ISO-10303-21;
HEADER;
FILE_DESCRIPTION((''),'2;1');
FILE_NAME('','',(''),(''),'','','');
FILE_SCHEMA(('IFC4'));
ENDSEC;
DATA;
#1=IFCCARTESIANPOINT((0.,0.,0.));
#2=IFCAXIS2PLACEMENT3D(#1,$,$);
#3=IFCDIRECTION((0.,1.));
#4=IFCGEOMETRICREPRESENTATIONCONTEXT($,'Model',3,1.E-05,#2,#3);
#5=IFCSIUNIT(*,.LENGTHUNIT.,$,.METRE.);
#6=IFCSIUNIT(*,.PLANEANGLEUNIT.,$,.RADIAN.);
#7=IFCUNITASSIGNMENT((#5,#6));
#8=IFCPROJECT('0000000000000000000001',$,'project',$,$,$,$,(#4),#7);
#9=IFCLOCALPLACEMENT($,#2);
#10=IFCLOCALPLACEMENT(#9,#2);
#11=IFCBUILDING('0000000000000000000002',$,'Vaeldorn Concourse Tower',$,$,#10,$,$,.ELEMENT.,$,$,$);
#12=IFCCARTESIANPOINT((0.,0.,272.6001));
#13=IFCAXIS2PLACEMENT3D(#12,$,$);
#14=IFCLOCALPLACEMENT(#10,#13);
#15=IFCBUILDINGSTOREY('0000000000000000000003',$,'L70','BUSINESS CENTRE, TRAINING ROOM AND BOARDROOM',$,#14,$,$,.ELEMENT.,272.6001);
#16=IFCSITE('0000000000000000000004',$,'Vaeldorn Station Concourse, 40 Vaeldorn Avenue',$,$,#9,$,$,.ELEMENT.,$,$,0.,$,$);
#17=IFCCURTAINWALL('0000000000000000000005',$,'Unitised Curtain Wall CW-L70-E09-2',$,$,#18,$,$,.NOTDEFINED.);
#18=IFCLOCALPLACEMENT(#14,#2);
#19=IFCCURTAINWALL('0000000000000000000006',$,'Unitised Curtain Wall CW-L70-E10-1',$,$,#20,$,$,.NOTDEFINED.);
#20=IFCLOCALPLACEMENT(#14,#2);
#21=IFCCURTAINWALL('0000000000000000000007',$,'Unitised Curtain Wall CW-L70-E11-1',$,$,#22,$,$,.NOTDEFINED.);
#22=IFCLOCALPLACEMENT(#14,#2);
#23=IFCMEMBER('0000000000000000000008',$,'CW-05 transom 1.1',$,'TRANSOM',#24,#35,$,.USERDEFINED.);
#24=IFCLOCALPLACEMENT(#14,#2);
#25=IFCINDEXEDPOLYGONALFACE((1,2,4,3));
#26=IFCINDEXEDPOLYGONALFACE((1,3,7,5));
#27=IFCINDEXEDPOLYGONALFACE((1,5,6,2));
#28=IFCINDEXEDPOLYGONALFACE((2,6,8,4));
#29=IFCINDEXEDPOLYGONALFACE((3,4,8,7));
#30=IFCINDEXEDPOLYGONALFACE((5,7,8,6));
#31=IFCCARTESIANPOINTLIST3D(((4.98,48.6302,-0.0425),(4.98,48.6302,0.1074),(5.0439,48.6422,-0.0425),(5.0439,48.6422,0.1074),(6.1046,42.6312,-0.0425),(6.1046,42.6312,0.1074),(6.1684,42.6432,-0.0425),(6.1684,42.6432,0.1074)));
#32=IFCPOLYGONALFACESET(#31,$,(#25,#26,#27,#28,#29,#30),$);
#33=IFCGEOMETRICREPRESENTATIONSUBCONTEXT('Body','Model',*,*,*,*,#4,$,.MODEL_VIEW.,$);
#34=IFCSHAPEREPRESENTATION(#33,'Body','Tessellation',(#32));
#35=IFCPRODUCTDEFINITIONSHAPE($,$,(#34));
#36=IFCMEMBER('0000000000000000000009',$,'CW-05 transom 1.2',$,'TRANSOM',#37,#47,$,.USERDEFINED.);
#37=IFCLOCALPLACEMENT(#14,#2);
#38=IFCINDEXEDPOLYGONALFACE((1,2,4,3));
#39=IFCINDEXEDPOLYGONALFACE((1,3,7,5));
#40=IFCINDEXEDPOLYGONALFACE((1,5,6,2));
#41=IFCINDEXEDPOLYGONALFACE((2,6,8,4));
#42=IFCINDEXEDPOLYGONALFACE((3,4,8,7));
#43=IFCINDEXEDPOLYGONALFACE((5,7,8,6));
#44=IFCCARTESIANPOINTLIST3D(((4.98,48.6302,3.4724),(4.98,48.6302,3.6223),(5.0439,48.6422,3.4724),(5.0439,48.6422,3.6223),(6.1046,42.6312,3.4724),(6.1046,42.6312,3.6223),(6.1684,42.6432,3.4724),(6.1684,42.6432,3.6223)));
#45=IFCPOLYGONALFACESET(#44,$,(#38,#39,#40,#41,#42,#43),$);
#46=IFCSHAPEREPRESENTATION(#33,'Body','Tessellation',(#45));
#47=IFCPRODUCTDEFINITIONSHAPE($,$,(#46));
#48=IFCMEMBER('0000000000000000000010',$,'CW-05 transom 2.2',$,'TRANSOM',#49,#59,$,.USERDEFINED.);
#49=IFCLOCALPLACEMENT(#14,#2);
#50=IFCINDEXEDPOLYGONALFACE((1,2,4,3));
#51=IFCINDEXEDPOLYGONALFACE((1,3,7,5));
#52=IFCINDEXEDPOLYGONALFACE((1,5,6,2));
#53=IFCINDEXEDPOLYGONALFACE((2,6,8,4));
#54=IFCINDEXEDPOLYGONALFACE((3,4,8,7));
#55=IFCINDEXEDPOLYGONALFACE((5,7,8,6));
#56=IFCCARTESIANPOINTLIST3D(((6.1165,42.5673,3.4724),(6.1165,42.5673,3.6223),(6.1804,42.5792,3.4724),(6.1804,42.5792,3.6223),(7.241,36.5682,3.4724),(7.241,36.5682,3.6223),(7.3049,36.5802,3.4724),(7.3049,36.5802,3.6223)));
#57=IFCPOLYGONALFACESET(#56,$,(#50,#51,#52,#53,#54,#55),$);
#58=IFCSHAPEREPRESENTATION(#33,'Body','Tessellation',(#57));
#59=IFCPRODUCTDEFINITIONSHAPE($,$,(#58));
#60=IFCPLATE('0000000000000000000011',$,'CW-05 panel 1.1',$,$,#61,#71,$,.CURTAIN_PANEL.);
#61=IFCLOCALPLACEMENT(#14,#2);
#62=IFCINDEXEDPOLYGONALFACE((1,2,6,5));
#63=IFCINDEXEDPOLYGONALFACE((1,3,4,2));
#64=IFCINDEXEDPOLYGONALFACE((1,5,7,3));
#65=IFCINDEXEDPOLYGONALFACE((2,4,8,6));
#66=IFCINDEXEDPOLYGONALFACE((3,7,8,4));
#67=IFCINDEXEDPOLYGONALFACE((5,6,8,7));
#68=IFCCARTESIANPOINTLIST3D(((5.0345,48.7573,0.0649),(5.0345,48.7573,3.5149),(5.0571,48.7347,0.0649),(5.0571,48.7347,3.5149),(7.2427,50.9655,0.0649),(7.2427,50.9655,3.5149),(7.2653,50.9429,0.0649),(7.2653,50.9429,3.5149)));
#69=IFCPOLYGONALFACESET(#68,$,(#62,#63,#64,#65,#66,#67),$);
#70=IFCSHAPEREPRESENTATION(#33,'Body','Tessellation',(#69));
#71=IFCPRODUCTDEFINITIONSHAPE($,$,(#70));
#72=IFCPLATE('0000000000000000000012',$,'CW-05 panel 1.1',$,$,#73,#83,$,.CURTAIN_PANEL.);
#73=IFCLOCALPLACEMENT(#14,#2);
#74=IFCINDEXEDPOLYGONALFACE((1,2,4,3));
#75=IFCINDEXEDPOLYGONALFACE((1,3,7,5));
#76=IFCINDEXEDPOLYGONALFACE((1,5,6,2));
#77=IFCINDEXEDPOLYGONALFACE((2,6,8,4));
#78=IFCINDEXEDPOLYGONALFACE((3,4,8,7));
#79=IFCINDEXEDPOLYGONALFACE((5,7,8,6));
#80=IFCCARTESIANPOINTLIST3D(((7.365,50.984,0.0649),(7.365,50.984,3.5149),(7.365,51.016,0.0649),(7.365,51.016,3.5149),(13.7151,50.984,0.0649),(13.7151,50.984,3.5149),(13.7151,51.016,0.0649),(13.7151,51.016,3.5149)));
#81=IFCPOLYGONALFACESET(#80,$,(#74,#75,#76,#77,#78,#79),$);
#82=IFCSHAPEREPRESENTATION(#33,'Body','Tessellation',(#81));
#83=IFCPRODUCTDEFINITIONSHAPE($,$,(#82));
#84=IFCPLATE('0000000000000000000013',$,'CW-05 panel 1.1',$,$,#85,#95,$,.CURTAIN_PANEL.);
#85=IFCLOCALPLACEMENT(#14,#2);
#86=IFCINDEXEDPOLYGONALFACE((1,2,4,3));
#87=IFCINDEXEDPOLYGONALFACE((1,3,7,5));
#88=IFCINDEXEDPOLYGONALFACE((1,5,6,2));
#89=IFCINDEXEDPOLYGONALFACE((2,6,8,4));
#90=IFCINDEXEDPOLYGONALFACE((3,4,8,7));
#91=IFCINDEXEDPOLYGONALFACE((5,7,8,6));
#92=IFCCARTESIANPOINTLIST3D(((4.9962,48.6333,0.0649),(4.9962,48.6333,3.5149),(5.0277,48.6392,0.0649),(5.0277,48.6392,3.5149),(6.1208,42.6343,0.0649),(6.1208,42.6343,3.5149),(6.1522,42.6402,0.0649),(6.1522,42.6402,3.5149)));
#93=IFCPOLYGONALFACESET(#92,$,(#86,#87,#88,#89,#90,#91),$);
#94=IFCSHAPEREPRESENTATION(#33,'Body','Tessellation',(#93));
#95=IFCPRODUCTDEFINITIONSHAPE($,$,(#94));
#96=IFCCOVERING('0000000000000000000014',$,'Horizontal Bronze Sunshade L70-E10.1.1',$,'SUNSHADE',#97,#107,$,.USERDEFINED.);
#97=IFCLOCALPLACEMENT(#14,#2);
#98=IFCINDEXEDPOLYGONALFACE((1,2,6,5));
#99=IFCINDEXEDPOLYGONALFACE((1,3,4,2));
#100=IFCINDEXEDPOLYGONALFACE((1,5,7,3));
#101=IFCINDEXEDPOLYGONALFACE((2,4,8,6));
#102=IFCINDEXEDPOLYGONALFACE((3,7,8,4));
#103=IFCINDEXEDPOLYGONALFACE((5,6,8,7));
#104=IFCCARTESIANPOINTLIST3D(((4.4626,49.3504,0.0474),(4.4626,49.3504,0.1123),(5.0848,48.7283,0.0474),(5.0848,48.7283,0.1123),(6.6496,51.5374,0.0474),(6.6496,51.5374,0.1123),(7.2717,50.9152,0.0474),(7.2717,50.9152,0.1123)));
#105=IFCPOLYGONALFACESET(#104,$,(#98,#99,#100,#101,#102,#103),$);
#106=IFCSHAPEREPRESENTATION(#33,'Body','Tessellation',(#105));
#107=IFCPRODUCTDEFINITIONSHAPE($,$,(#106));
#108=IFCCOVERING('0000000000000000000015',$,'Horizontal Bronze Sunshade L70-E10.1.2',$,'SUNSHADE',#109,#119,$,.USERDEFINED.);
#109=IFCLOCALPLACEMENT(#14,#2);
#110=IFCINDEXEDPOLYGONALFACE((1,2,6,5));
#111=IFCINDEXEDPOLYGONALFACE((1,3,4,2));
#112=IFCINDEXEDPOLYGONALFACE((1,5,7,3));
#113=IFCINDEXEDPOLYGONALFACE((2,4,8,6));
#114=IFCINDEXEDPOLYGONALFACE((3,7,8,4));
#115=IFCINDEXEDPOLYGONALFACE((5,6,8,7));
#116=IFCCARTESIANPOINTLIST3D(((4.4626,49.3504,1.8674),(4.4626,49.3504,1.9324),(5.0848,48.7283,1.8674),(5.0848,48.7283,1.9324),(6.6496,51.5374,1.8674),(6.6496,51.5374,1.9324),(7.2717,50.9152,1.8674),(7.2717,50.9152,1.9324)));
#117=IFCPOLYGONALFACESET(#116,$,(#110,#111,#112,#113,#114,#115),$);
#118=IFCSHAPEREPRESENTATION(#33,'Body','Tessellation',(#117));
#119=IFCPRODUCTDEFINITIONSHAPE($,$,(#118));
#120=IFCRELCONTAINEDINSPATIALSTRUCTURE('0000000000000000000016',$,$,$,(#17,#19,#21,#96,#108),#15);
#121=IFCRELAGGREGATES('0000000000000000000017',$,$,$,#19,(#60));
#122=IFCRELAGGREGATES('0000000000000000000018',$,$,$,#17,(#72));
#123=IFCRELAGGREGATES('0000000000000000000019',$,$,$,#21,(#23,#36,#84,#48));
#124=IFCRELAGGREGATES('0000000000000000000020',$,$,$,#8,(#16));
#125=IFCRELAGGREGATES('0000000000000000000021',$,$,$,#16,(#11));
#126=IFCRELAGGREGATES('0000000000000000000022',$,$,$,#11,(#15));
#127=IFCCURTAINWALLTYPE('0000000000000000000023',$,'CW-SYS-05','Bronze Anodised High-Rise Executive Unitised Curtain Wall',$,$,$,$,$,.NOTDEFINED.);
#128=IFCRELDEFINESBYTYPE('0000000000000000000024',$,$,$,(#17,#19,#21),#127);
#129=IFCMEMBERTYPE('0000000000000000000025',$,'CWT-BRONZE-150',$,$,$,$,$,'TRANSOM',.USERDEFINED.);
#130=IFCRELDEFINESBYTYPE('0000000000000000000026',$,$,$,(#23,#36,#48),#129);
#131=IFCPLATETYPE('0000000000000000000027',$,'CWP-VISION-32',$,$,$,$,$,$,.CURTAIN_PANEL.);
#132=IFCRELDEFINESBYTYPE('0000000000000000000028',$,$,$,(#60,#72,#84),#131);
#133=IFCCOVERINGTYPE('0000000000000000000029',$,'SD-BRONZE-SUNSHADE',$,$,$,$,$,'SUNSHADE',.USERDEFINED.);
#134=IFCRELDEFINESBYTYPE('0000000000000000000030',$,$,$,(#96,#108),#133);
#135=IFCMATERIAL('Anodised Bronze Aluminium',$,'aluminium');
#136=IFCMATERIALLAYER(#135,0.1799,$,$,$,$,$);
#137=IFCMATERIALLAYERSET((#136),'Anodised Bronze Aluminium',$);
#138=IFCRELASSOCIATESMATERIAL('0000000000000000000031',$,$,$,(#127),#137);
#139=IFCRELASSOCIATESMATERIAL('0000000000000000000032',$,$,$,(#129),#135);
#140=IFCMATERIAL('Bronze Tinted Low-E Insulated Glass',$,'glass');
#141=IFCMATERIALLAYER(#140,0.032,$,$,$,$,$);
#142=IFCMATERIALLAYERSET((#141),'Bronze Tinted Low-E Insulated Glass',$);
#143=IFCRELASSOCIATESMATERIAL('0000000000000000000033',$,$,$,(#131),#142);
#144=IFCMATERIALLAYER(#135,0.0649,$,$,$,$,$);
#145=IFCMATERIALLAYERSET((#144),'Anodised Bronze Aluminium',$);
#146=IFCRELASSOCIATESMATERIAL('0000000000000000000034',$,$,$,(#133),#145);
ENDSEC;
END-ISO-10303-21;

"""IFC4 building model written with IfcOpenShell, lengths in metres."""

from ifc_helpers import new_model, si_unit, direction, frame, origin, origin_2d, place, context, subcontext, project, spatial, rectangle, extrude, source, transform, mapped, material, layer, layer_set, material_profile, profile_set, type_object, element, aggregate, save


model = new_model("IFC4")

# Units and contexts
model_context = context("Model", 3, precision=1e-05, world=origin(), true_north=direction((0.0, 1.0)))
body_context = subcontext(model_context, "Body", "Model", "MODEL_VIEW")
ifc_project = project(units=[si_unit("LENGTHUNIT", "METRE"), si_unit("PLANEANGLEUNIT", "RADIAN")], contexts=[model_context])

# Site, building, storey
site_placement = place(None, origin())
site = spatial("IfcSite", under=ifc_project, at=site_placement, Name="Vaeldorn Station Concourse, 40 Vaeldorn Avenue", CompositionType="ELEMENT", RefElevation=0.0)
building_placement = place(site_placement, origin())
building = spatial("IfcBuilding", under=site, at=building_placement, Name="Vaeldorn Concourse Tower", CompositionType="ELEMENT")
storey_placement = place(building_placement, frame((0.0, 0.0, 272.6001)))
storey = spatial("IfcBuildingStorey", under=building, at=storey_placement, Name="L70", Description="BUSINESS CENTRE, TRAINING ROOM AND BOARDROOM", CompositionType="ELEMENT", Elevation=272.6001)

# Curtain walls
ifc_material_1 = material(Name="Anodised Bronze Aluminium", Category="aluminium")
ifc_layer_1 = layer(ifc_material_1, 0.1799)
ifc_layer_set_1 = layer_set([ifc_layer_1], Name="Anodised Bronze Aluminium")
curtain_wall_type = type_object("IfcCurtainWallType", Name="CW-SYS-05", Description="Bronze Anodised High-Rise Executive Unitised Curtain Wall", PredefinedType="NOTDEFINED", material=ifc_layer_set_1)
curtain_wall_1_placement = place(storey_placement, origin())
curtain_wall_1 = element("IfcCurtainWall", 1, at=curtain_wall_1_placement, inside=storey, type_object=curtain_wall_type, Name="Unitised Curtain Wall CW-L70-E09-2", PredefinedType="NOTDEFINED")
curtain_wall_2_placement = place(storey_placement, origin())
curtain_wall_2 = element("IfcCurtainWall", 2, at=curtain_wall_2_placement, inside=storey, type_object=curtain_wall_type, Name="Unitised Curtain Wall CW-L70-E10-1", PredefinedType="NOTDEFINED")
curtain_wall_3_placement = place(storey_placement, origin())
curtain_wall_3 = element("IfcCurtainWall", 3, at=curtain_wall_3_placement, inside=storey, type_object=curtain_wall_type, Name="Unitised Curtain Wall CW-L70-E11-1", PredefinedType="NOTDEFINED")

# Members
ifc_material_profile_1 = material_profile(ifc_material_1, rectangle(XDim=0.0649, YDim=0.1499, at=origin_2d()), Name="CWT 65x150")
ifc_profile_set_1 = profile_set([ifc_material_profile_1], Name="Anodised Bronze Aluminium")
member_type_1 = type_object("IfcMemberType", Name="CWT-BRONZE-150", ElementType="TRANSOM", PredefinedType="USERDEFINED", material=ifc_profile_set_1)
shared_shape_1 = source(origin(), body_context, "Body", "SweptSolid", [
    extrude(rectangle(XDim=0.0649, YDim=0.1499, at=origin_2d()), origin(), (0.0, 0.0, 1.0), 6.1035),
])
member_1_placement = place(storey_placement, frame((5.012, 48.6362, 0.0325), z_axis=(0.18424, -0.982881, 0.0), x_axis=(0.982881, 0.18424, 0.0)))
member_1 = element("IfcMember", 4, at=member_1_placement, type_object=member_type_1, Name="CW-05 transom 1.1", ObjectType="TRANSOM", PredefinedType="USERDEFINED", context=body_context, shape_type="MappedRepresentation", body=[
    mapped(shared_shape_1, transform((0.0, 0.0, 0.0), scale=1.0)),
])
member_2_placement = place(storey_placement, frame((5.012, 48.6362, 3.5474), z_axis=(0.18424, -0.982881, 0.0), x_axis=(0.982881, 0.18424, 0.0)))
member_2 = element("IfcMember", 5, at=member_2_placement, type_object=member_type_1, Name="CW-05 transom 1.2", ObjectType="TRANSOM", PredefinedType="USERDEFINED", context=body_context, shape_type="MappedRepresentation", body=[
    mapped(shared_shape_1, transform((0.0, 0.0, 0.0), scale=1.0)),
])
member_3_placement = place(storey_placement, frame((6.1484, 42.5732, 3.5474), z_axis=(0.18424, -0.982881, 0.0), x_axis=(0.982881, 0.18424, 0.0)))
member_3 = element("IfcMember", 6, at=member_3_placement, type_object=member_type_1, Name="CW-05 transom 2.2", ObjectType="TRANSOM", PredefinedType="USERDEFINED", context=body_context, shape_type="MappedRepresentation", body=[
    mapped(shared_shape_1, transform((0.0, 0.0, 0.0), scale=1.0)),
])

# Plates
ifc_material_2 = material(Name="Bronze Tinted Low-E Insulated Glass", Category="glass")
ifc_layer_2 = layer(ifc_material_2, 0.032)
ifc_layer_set_2 = layer_set([ifc_layer_2], Name="Bronze Tinted Low-E Insulated Glass")
plate_type = type_object("IfcPlateType", Name="CWP-VISION-32", PredefinedType="CURTAIN_PANEL", material=ifc_layer_set_2)
shared_shape_2 = source(origin(), body_context, "Body", "SweptSolid", [
    extrude(rectangle(XDim=3.1228, YDim=0.032, at=origin_2d()), origin(), (0.0, 0.0, 1.0), 3.45),
])
plate_1_placement = place(storey_placement, frame((6.1499, 49.8501, 0.0649), z_axis=(0.0, 0.0, 1.0), x_axis=(-0.707107, -0.707107, 0.0)))
plate_1 = element("IfcPlate", 7, at=plate_1_placement, type_object=plate_type, Name="CW-05 panel 1.1", PredefinedType="CURTAIN_PANEL", context=body_context, shape_type="MappedRepresentation", body=[
    mapped(shared_shape_2, transform((0.0, 0.0, 0.0), scale=1.0)),
])
aggregate(curtain_wall_2, [plate_1])
shared_shape_3 = source(origin(), body_context, "Body", "SweptSolid", [
    extrude(rectangle(XDim=6.3501, YDim=0.032, at=origin_2d()), origin(), (0.0, 0.0, 1.0), 3.45),
])
plate_2_placement = place(storey_placement, frame((10.54, 51.0, 0.0649), z_axis=(0.0, 0.0, 1.0), x_axis=(-1.0, 0.0, 0.0)))
plate_2 = element("IfcPlate", 8, at=plate_2_placement, type_object=plate_type, Name="CW-05 panel 1.1", PredefinedType="CURTAIN_PANEL", context=body_context, shape_type="MappedRepresentation", body=[
    mapped(shared_shape_3, transform((0.0, 0.0, 0.0), scale=1.0)),
])
aggregate(curtain_wall_1, [plate_2])
shared_shape_4 = source(origin(), body_context, "Body", "SweptSolid", [
    extrude(rectangle(XDim=6.1035, YDim=0.032, at=origin_2d()), origin(), (0.0, 0.0, 1.0), 3.45),
])
plate_3_placement = place(storey_placement, frame((5.5742, 45.6367, 0.0649), z_axis=(0.0, 0.0, 1.0), x_axis=(0.184246, -0.98288, 0.0)))
plate_3 = element("IfcPlate", 9, at=plate_3_placement, type_object=plate_type, Name="CW-05 panel 1.1", PredefinedType="CURTAIN_PANEL", context=body_context, shape_type="MappedRepresentation", body=[
    mapped(shared_shape_4, transform((0.0, 0.0, 0.0), scale=1.0)),
])
aggregate(curtain_wall_3, [member_1, member_2, plate_3, member_3])

# Coverings
ifc_layer_3 = layer(ifc_material_1, 0.0649)
ifc_layer_set_3 = layer_set([ifc_layer_3], Name="Anodised Bronze Aluminium")
covering_type = type_object("IfcCoveringType", Name="SD-BRONZE-SUNSHADE", ElementType="SUNSHADE", PredefinedType="USERDEFINED", material=ifc_layer_set_3)
shared_shape_5 = source(origin(), body_context, "Body", "SweptSolid", [
    extrude(rectangle(XDim=3.0928, YDim=0.8799, at=origin_2d()), origin(), (0.0, 0.0, 1.0), 0.0649),
])
for number, where, z_axis, x_axis, name in (
    (10, (5.8672, 50.1328, 0.0474), (0.0, 0.0, 1.0), (-0.707107, -0.707107, 0.0), "Horizontal Bronze Sunshade L70-E10.1.1"),
    (11, (5.8672, 50.1328, 1.8674), (0.0, 0.0, 1.0), (-0.707107, -0.707107, 0.0), "Horizontal Bronze Sunshade L70-E10.1.2"),
):
    element("IfcCovering", number, at=place(storey_placement, frame(where, z_axis=z_axis, x_axis=x_axis)), inside=storey, type_object=covering_type, Name=name, ObjectType="SUNSHADE", PredefinedType="USERDEFINED", context=body_context, shape_type="MappedRepresentation", body=[
        mapped(shared_shape_5, transform((0.0, 0.0, 0.0), scale=1.0)),
    ])

save(model, "model.ifc")
